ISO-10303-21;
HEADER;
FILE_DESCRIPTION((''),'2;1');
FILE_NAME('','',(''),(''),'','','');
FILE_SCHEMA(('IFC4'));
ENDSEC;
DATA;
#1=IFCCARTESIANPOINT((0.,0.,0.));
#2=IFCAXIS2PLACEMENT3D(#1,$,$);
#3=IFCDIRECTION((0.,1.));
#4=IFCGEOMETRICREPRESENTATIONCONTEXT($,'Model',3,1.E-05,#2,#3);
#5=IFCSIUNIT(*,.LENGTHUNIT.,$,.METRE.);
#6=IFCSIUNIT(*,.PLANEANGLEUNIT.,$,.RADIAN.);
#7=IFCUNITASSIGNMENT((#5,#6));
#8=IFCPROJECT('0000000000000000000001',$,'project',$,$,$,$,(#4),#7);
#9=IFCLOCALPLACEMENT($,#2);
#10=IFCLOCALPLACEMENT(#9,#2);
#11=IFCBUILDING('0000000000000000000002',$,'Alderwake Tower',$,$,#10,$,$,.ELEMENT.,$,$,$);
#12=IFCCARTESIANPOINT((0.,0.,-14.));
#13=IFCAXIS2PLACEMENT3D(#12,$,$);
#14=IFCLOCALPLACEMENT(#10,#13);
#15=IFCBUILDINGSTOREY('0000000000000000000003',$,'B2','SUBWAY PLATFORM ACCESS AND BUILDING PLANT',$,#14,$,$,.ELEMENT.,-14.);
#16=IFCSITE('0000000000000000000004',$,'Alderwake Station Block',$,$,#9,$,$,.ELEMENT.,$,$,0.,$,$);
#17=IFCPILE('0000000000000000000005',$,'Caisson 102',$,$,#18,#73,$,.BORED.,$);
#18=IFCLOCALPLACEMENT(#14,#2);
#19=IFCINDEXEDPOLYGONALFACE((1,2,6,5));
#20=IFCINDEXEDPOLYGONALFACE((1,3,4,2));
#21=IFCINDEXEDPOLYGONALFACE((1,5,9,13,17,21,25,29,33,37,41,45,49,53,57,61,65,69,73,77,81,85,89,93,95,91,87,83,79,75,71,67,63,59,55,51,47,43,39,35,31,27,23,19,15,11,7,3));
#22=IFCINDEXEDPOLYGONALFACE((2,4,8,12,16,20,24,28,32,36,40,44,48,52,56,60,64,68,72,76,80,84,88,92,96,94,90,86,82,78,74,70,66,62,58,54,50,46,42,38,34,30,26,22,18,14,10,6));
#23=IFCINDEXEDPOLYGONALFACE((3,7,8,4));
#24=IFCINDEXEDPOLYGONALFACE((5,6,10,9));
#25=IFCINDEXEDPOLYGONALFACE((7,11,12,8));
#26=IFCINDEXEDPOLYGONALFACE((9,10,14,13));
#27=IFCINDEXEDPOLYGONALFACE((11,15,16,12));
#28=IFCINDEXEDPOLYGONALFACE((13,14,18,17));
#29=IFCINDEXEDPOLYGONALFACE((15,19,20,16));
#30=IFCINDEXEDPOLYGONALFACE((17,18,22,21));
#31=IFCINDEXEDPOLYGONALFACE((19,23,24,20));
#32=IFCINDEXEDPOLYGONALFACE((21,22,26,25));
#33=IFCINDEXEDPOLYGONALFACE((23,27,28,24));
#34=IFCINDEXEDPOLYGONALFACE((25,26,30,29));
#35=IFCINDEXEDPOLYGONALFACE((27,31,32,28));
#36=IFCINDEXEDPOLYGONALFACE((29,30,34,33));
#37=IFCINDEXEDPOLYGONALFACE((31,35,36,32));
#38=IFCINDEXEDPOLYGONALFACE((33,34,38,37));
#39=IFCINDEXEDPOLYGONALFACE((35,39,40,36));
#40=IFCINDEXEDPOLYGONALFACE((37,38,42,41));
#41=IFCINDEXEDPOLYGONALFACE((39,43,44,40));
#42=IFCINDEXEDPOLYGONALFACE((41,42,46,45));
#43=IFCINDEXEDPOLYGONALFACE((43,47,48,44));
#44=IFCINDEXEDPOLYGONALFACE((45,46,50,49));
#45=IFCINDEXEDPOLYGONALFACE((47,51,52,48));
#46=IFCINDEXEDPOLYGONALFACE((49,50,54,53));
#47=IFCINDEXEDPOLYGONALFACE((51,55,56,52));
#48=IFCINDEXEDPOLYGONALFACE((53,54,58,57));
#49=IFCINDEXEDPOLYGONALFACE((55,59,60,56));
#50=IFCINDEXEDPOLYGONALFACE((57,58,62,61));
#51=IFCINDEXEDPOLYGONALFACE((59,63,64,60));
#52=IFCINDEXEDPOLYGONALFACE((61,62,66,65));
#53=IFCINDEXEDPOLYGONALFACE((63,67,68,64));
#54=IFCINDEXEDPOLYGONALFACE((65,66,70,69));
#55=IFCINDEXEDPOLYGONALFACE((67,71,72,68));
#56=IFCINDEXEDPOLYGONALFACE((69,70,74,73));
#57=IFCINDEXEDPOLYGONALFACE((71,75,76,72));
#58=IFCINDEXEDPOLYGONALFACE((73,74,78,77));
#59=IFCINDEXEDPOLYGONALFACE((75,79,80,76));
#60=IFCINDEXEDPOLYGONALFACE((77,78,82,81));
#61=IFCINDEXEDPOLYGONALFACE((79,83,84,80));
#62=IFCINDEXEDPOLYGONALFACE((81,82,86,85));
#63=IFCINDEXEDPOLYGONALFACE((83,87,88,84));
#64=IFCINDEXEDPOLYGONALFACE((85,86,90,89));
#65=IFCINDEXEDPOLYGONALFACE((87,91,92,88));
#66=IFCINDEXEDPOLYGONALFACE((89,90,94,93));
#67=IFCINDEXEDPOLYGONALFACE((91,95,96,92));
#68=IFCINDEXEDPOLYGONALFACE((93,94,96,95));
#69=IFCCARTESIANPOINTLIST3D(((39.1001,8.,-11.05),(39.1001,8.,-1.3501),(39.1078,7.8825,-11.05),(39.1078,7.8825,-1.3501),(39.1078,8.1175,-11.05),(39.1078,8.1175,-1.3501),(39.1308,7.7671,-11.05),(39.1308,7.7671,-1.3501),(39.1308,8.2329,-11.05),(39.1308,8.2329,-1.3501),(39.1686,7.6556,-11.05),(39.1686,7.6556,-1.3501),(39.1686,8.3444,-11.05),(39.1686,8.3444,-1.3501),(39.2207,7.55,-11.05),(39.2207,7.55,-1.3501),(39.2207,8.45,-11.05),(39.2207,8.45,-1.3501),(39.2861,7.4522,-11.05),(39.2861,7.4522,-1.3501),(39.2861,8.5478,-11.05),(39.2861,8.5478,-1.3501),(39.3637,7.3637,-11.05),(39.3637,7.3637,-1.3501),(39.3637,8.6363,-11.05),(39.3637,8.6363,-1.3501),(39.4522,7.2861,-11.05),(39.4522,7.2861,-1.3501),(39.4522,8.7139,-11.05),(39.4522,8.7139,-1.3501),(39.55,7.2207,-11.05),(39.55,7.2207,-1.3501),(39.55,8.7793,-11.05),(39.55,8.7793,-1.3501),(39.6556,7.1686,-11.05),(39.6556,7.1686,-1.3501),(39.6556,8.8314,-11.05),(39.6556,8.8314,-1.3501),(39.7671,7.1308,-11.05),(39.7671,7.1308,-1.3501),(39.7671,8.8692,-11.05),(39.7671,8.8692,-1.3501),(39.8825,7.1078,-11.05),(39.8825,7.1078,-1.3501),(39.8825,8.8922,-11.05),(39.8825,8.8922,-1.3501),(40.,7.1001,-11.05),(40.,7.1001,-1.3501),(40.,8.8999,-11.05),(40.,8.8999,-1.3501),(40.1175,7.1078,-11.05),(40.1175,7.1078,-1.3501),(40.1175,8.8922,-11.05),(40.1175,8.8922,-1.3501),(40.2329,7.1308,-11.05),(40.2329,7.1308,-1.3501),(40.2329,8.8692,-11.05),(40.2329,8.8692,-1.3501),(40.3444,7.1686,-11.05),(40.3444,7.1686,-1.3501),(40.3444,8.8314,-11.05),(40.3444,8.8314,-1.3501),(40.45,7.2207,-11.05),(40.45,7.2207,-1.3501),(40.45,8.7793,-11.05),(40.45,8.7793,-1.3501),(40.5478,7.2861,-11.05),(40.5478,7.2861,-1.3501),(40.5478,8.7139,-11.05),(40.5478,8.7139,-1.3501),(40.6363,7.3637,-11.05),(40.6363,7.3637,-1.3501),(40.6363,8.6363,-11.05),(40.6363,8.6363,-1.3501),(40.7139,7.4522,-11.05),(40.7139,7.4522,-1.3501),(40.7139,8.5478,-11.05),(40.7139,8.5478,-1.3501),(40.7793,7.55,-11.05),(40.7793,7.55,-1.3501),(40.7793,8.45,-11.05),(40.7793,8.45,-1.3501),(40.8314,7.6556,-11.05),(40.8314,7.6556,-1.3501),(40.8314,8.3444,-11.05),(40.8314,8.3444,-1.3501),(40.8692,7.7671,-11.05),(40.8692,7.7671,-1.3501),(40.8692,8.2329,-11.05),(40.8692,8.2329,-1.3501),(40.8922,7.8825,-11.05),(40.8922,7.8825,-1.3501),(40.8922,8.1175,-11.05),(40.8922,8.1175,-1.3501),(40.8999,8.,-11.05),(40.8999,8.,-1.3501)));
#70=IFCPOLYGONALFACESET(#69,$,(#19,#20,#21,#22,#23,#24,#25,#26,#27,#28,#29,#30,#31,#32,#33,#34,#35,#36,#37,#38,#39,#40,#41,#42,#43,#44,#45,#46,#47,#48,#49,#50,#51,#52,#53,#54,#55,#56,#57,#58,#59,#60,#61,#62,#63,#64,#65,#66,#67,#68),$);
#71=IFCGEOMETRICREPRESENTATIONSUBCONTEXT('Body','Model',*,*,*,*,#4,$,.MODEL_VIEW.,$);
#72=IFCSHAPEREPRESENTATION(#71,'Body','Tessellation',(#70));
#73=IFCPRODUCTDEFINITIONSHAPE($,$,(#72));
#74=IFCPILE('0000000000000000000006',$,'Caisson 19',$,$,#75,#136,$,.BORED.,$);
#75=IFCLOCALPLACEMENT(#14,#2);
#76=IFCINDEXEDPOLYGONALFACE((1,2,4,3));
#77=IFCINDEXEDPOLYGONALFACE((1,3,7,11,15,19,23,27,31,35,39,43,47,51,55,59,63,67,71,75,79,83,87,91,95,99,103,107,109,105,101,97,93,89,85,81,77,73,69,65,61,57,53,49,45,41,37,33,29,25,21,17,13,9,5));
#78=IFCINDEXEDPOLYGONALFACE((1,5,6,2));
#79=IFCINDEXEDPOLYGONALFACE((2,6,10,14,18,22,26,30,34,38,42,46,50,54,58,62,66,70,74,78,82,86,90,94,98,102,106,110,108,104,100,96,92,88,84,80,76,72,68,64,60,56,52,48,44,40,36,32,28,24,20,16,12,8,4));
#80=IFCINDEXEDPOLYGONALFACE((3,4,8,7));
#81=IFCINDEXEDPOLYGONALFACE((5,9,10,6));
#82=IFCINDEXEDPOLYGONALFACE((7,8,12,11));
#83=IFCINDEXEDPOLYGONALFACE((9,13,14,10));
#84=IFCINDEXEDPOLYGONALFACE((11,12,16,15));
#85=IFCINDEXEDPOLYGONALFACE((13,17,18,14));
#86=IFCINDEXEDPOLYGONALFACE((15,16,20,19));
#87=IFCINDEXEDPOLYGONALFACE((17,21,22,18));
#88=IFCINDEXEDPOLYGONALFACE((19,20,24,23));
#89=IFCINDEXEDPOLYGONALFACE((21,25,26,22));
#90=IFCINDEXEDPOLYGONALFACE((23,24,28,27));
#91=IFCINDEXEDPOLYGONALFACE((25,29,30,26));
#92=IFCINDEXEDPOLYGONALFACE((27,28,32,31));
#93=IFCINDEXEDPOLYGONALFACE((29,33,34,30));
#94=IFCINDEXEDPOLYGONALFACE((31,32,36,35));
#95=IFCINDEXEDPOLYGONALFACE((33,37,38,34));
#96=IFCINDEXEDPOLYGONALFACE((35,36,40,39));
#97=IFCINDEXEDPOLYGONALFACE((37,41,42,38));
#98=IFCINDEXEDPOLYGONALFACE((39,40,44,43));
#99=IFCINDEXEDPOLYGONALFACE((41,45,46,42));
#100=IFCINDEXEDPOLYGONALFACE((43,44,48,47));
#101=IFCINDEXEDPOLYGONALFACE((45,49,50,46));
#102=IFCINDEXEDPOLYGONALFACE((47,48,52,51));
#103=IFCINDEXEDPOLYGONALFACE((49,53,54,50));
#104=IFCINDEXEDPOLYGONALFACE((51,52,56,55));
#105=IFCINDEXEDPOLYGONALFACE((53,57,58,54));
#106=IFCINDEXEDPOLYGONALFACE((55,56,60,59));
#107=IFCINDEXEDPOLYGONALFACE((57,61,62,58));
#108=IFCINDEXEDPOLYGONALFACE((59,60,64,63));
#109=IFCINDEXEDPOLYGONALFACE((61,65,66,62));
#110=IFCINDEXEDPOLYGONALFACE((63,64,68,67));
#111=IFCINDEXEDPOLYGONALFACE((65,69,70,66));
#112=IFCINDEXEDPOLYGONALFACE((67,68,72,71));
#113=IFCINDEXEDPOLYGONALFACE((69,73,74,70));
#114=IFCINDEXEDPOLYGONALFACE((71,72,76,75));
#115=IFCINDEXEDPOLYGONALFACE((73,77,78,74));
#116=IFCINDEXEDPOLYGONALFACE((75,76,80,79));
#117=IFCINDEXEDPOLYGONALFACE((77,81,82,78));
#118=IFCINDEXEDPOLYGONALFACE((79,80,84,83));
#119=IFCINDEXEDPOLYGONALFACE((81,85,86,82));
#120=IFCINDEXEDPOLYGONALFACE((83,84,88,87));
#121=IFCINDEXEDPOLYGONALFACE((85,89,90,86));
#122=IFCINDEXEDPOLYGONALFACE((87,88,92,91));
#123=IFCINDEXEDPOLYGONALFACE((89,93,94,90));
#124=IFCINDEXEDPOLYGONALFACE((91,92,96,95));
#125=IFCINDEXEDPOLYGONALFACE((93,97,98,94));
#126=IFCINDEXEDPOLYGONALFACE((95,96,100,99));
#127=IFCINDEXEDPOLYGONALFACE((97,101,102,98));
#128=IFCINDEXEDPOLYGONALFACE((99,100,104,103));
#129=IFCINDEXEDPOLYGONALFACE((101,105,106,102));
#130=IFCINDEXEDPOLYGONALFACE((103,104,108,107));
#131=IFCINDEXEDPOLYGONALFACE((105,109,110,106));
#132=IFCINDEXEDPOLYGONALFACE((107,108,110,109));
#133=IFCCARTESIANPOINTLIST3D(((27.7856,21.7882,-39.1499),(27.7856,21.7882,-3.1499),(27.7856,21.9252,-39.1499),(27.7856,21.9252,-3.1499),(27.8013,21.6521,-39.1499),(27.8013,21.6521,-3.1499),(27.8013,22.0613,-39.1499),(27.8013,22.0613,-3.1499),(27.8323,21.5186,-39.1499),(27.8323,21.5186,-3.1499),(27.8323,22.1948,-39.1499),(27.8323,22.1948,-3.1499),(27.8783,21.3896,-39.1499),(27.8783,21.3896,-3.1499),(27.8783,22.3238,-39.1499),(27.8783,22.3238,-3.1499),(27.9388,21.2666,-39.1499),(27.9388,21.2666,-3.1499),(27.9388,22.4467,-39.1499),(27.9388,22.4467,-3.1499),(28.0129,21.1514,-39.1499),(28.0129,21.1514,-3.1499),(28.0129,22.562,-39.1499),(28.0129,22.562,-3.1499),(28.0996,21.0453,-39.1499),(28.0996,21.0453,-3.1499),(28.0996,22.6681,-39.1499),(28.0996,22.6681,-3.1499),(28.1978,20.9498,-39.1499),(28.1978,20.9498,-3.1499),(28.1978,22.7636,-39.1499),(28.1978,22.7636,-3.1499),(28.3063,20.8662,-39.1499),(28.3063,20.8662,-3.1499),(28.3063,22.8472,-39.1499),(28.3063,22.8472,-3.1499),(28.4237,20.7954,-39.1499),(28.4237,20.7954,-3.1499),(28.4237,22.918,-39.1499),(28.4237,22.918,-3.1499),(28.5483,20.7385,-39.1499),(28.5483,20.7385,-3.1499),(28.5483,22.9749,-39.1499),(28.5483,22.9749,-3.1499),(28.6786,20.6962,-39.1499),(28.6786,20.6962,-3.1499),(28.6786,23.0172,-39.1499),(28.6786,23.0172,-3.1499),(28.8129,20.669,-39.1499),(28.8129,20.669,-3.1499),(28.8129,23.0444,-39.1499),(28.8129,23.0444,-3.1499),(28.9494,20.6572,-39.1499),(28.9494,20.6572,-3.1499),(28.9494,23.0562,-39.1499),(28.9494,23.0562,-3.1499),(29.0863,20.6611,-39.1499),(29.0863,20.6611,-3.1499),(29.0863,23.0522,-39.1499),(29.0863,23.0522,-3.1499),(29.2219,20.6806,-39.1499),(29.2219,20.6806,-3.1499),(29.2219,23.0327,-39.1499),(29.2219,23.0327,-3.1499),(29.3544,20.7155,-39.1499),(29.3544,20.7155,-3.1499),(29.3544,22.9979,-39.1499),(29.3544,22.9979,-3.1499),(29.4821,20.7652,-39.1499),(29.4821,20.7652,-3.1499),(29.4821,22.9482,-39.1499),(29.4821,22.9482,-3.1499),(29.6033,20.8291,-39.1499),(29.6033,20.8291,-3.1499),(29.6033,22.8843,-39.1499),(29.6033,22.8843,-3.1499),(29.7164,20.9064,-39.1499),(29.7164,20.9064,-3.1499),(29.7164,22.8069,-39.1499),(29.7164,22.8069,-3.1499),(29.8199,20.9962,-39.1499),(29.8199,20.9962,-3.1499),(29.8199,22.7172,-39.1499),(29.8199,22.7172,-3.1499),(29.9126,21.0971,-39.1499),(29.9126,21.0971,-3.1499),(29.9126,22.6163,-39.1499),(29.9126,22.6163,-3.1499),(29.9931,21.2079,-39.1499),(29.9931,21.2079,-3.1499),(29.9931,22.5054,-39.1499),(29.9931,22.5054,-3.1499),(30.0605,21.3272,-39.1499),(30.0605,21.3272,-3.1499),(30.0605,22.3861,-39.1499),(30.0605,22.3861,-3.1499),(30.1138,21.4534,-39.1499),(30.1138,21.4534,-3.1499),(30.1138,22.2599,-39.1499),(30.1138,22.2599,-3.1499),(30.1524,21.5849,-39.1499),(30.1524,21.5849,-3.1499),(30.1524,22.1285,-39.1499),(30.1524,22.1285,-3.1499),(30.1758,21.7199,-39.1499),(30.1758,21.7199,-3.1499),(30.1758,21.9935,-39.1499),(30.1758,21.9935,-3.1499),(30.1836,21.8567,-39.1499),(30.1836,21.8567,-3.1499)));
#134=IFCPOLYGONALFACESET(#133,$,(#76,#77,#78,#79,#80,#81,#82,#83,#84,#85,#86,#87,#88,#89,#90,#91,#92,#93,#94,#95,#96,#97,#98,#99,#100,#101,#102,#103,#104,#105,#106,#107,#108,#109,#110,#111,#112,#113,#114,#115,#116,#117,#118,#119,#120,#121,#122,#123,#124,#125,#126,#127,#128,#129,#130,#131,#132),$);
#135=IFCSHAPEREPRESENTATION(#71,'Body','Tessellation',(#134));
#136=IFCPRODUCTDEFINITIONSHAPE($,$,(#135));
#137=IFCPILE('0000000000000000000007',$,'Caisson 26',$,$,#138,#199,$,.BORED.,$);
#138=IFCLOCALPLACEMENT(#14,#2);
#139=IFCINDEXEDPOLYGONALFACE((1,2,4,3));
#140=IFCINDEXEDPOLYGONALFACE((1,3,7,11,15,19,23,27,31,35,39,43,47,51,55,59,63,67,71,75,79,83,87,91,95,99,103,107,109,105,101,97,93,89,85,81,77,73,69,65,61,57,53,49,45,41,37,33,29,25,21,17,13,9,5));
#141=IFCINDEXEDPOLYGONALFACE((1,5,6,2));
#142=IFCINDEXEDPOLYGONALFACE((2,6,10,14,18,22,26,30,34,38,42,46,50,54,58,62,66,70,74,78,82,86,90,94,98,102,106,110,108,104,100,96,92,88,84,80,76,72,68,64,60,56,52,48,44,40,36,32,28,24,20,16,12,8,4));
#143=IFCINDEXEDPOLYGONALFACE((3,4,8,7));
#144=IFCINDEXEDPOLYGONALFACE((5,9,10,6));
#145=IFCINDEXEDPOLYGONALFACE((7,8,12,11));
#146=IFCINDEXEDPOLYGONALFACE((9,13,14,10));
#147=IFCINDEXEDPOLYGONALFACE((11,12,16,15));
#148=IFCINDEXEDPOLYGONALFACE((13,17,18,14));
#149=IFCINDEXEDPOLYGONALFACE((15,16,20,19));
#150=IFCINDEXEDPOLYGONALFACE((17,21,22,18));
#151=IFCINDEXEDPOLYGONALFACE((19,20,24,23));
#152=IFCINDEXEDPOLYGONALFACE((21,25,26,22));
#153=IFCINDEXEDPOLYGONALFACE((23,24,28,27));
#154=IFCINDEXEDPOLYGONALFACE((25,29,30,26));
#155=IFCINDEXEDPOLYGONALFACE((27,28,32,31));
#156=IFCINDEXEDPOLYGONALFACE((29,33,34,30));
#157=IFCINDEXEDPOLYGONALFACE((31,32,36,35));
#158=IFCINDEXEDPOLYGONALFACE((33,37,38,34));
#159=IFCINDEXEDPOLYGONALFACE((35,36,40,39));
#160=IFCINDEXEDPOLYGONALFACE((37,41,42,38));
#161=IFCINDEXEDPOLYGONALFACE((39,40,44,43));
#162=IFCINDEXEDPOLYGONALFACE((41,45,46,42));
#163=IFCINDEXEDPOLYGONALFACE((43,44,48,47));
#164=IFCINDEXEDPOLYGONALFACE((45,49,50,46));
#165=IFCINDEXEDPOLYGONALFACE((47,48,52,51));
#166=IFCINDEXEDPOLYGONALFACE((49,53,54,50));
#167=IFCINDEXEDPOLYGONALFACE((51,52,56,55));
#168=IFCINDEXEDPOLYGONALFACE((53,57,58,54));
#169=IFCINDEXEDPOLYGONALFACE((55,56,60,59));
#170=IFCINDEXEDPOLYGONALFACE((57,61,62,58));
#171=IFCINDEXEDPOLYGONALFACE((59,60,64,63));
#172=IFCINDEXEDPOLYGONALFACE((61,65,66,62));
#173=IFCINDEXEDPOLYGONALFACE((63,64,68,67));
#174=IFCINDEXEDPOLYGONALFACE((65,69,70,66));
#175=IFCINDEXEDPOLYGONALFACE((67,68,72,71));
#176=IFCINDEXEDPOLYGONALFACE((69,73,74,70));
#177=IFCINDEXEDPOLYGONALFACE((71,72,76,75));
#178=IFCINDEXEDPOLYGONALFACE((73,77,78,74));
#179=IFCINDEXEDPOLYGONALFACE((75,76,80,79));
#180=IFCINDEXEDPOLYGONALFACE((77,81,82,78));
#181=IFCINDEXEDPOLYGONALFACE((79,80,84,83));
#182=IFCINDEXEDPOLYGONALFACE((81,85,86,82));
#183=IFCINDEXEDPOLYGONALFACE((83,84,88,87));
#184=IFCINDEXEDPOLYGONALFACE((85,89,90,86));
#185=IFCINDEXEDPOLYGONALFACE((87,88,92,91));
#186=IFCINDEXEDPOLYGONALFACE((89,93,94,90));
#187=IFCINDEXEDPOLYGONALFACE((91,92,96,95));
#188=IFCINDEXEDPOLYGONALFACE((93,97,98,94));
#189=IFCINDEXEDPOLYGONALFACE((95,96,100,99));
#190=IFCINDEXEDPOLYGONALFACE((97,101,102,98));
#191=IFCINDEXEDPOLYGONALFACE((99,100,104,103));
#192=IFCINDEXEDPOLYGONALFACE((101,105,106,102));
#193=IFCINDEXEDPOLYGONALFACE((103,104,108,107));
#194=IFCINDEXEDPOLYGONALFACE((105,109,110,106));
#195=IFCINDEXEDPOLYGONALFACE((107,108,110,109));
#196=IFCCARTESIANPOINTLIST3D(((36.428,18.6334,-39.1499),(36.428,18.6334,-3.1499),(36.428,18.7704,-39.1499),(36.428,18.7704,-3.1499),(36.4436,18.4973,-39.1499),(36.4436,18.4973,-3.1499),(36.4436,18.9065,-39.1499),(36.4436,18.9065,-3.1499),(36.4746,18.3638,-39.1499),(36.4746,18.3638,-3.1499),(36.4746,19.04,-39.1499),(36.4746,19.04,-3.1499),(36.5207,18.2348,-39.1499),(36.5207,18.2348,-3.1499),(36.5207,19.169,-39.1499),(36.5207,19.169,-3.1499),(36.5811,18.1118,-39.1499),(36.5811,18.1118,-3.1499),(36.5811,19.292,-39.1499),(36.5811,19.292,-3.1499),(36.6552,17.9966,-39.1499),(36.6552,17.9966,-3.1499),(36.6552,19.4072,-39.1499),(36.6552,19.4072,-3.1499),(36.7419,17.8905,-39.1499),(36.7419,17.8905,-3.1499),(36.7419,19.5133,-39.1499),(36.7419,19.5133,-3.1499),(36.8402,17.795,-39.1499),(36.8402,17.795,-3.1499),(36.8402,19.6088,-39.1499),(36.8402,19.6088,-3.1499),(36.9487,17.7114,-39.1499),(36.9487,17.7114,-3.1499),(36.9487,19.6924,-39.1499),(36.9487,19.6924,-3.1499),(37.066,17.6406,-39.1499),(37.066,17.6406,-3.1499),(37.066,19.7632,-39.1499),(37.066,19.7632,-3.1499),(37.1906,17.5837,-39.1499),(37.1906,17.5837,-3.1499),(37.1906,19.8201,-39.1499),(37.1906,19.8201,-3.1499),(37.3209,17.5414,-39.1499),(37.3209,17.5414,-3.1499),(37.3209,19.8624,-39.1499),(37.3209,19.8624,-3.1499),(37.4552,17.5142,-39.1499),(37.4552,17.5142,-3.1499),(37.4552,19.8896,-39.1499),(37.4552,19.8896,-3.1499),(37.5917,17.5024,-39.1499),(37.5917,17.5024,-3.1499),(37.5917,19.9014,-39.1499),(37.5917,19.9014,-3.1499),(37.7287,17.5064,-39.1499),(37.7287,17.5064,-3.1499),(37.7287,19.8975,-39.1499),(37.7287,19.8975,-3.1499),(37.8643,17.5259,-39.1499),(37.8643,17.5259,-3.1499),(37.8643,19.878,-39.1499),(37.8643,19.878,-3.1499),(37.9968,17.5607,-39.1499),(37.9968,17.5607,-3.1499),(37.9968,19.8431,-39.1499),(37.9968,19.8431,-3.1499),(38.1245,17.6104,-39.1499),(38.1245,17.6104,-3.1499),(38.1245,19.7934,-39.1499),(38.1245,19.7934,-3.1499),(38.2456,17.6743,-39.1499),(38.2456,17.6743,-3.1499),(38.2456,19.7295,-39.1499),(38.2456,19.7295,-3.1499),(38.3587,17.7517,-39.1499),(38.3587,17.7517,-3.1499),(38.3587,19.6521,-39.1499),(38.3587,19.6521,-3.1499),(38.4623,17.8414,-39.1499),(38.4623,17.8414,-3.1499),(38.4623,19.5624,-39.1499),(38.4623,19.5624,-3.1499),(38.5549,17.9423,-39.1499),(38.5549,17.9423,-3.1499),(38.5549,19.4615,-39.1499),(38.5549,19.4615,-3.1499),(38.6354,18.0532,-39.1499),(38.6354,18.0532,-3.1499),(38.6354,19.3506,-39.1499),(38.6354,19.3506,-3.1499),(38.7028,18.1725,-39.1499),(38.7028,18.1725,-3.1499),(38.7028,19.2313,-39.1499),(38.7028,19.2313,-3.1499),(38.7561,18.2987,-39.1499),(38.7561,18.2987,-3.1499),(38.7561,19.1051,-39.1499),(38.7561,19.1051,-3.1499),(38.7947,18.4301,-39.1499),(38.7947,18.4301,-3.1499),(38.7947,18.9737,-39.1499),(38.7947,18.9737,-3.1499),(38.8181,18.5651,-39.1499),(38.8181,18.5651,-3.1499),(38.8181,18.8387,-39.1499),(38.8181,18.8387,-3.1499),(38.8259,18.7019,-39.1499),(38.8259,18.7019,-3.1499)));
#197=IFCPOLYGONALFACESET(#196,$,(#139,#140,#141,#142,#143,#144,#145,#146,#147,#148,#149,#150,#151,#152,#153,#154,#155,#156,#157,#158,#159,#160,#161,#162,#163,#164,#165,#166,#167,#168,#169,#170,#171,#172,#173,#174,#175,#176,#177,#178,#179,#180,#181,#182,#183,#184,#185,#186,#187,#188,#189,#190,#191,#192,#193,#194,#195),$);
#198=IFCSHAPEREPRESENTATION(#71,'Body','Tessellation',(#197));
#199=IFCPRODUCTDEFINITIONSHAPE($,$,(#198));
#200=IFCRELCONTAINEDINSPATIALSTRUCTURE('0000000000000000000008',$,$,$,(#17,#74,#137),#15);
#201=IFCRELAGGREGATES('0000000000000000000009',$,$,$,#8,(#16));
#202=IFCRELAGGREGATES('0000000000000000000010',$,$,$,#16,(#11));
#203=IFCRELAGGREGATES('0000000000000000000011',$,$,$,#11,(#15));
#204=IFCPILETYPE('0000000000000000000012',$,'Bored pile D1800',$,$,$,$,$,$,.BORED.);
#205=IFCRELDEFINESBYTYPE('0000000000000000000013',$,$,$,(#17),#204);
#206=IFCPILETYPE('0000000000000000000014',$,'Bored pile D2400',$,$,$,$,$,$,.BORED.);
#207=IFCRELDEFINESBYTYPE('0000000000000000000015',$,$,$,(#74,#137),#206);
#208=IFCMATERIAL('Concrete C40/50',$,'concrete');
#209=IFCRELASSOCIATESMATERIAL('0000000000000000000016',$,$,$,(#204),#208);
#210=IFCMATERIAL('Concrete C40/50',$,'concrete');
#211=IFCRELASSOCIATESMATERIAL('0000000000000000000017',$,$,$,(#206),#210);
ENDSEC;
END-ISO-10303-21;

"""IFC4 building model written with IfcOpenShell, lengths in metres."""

from ifc_helpers import new_model, si_unit, direction, frame, origin, origin_2d, place, context, subcontext, project, spatial, circle, extrude, material, material_profile, profile_set, type_object, element, save


model = new_model("IFC4")

# Units and contexts
model_context = context("Model", 3, precision=1e-05, world=origin(), true_north=direction((0.0, 1.0)))
body_context = subcontext(model_context, "Body", "Model", "MODEL_VIEW")
ifc_project = project(units=[si_unit("LENGTHUNIT", "METRE"), si_unit("PLANEANGLEUNIT", "RADIAN")], contexts=[model_context])

# Site, building, storey
site_placement = place(None, origin())
site = spatial("IfcSite", under=ifc_project, at=site_placement, Name="Alderwake Station Block", CompositionType="ELEMENT", RefElevation=0.0)
building_placement = place(site_placement, origin())
building = spatial("IfcBuilding", under=site, at=building_placement, Name="Alderwake Tower", CompositionType="ELEMENT")
storey_placement = place(building_placement, frame((0.0, 0.0, -14.0)))
storey = spatial("IfcBuildingStorey", under=building, at=storey_placement, Name="B2", Description="SUBWAY PLATFORM ACCESS AND BUILDING PLANT", CompositionType="ELEMENT", Elevation=-14.0)

# Piles
ifc_material_1 = material(Name="Concrete C40/50", Category="concrete")
ifc_material_profile_1 = material_profile(ifc_material_1, circle(Radius=0.8999, at=origin_2d()), Name="PILE 1800")
ifc_profile_set_1 = profile_set([ifc_material_profile_1], Name="Concrete C40/50")
pile_type_1 = type_object("IfcPileType", Name="Bored pile D1800", PredefinedType="BORED", material=ifc_profile_set_1)
for number, where, z_axis, x_axis, name in (
    (1, (40.0, 8.0, -1.3501), (0.0, 0.0, -1.0), (1.0, 0.0, 0.0), "Caisson 102"),
):
    element("IfcPile", number, at=place(storey_placement, frame(where, z_axis=z_axis, x_axis=x_axis)), inside=storey, type_object=pile_type_1, Name=name, PredefinedType="BORED", context=body_context, shape_type="SweptSolid", body=[
        extrude(circle(Radius=0.8999, at=origin_2d()), origin(), (0.0, 0.0, 1.0), 9.7),
    ])
ifc_material_2 = material(Name="Concrete C40/50", Category="concrete")
ifc_material_profile_2 = material_profile(ifc_material_2, circle(Radius=1.2, at=origin_2d()), Name="PILE 2400")
ifc_profile_set_2 = profile_set([ifc_material_profile_2], Name="Concrete C40/50")
pile_type_2 = type_object("IfcPileType", Name="Bored pile D2400", PredefinedType="BORED", material=ifc_profile_set_2)
for number, where, z_axis, x_axis, name in (
    (2, (28.9836, 21.8567, -3.1499), (0.0, 0.0, -1.0), (1.0, 0.0, 0.0), "Caisson 19"),
    (3, (37.626, 18.7019, -3.1499), (0.0, 0.0, -1.0), (1.0, 0.0, 0.0), "Caisson 26"),
):
    element("IfcPile", number, at=place(storey_placement, frame(where, z_axis=z_axis, x_axis=x_axis)), inside=storey, type_object=pile_type_2, Name=name, PredefinedType="BORED", context=body_context, shape_type="SweptSolid", body=[
        extrude(circle(Radius=1.2, at=origin_2d()), origin(), (0.0, 0.0, 1.0), 36.0),
    ])

save(model, "model.ifc")
